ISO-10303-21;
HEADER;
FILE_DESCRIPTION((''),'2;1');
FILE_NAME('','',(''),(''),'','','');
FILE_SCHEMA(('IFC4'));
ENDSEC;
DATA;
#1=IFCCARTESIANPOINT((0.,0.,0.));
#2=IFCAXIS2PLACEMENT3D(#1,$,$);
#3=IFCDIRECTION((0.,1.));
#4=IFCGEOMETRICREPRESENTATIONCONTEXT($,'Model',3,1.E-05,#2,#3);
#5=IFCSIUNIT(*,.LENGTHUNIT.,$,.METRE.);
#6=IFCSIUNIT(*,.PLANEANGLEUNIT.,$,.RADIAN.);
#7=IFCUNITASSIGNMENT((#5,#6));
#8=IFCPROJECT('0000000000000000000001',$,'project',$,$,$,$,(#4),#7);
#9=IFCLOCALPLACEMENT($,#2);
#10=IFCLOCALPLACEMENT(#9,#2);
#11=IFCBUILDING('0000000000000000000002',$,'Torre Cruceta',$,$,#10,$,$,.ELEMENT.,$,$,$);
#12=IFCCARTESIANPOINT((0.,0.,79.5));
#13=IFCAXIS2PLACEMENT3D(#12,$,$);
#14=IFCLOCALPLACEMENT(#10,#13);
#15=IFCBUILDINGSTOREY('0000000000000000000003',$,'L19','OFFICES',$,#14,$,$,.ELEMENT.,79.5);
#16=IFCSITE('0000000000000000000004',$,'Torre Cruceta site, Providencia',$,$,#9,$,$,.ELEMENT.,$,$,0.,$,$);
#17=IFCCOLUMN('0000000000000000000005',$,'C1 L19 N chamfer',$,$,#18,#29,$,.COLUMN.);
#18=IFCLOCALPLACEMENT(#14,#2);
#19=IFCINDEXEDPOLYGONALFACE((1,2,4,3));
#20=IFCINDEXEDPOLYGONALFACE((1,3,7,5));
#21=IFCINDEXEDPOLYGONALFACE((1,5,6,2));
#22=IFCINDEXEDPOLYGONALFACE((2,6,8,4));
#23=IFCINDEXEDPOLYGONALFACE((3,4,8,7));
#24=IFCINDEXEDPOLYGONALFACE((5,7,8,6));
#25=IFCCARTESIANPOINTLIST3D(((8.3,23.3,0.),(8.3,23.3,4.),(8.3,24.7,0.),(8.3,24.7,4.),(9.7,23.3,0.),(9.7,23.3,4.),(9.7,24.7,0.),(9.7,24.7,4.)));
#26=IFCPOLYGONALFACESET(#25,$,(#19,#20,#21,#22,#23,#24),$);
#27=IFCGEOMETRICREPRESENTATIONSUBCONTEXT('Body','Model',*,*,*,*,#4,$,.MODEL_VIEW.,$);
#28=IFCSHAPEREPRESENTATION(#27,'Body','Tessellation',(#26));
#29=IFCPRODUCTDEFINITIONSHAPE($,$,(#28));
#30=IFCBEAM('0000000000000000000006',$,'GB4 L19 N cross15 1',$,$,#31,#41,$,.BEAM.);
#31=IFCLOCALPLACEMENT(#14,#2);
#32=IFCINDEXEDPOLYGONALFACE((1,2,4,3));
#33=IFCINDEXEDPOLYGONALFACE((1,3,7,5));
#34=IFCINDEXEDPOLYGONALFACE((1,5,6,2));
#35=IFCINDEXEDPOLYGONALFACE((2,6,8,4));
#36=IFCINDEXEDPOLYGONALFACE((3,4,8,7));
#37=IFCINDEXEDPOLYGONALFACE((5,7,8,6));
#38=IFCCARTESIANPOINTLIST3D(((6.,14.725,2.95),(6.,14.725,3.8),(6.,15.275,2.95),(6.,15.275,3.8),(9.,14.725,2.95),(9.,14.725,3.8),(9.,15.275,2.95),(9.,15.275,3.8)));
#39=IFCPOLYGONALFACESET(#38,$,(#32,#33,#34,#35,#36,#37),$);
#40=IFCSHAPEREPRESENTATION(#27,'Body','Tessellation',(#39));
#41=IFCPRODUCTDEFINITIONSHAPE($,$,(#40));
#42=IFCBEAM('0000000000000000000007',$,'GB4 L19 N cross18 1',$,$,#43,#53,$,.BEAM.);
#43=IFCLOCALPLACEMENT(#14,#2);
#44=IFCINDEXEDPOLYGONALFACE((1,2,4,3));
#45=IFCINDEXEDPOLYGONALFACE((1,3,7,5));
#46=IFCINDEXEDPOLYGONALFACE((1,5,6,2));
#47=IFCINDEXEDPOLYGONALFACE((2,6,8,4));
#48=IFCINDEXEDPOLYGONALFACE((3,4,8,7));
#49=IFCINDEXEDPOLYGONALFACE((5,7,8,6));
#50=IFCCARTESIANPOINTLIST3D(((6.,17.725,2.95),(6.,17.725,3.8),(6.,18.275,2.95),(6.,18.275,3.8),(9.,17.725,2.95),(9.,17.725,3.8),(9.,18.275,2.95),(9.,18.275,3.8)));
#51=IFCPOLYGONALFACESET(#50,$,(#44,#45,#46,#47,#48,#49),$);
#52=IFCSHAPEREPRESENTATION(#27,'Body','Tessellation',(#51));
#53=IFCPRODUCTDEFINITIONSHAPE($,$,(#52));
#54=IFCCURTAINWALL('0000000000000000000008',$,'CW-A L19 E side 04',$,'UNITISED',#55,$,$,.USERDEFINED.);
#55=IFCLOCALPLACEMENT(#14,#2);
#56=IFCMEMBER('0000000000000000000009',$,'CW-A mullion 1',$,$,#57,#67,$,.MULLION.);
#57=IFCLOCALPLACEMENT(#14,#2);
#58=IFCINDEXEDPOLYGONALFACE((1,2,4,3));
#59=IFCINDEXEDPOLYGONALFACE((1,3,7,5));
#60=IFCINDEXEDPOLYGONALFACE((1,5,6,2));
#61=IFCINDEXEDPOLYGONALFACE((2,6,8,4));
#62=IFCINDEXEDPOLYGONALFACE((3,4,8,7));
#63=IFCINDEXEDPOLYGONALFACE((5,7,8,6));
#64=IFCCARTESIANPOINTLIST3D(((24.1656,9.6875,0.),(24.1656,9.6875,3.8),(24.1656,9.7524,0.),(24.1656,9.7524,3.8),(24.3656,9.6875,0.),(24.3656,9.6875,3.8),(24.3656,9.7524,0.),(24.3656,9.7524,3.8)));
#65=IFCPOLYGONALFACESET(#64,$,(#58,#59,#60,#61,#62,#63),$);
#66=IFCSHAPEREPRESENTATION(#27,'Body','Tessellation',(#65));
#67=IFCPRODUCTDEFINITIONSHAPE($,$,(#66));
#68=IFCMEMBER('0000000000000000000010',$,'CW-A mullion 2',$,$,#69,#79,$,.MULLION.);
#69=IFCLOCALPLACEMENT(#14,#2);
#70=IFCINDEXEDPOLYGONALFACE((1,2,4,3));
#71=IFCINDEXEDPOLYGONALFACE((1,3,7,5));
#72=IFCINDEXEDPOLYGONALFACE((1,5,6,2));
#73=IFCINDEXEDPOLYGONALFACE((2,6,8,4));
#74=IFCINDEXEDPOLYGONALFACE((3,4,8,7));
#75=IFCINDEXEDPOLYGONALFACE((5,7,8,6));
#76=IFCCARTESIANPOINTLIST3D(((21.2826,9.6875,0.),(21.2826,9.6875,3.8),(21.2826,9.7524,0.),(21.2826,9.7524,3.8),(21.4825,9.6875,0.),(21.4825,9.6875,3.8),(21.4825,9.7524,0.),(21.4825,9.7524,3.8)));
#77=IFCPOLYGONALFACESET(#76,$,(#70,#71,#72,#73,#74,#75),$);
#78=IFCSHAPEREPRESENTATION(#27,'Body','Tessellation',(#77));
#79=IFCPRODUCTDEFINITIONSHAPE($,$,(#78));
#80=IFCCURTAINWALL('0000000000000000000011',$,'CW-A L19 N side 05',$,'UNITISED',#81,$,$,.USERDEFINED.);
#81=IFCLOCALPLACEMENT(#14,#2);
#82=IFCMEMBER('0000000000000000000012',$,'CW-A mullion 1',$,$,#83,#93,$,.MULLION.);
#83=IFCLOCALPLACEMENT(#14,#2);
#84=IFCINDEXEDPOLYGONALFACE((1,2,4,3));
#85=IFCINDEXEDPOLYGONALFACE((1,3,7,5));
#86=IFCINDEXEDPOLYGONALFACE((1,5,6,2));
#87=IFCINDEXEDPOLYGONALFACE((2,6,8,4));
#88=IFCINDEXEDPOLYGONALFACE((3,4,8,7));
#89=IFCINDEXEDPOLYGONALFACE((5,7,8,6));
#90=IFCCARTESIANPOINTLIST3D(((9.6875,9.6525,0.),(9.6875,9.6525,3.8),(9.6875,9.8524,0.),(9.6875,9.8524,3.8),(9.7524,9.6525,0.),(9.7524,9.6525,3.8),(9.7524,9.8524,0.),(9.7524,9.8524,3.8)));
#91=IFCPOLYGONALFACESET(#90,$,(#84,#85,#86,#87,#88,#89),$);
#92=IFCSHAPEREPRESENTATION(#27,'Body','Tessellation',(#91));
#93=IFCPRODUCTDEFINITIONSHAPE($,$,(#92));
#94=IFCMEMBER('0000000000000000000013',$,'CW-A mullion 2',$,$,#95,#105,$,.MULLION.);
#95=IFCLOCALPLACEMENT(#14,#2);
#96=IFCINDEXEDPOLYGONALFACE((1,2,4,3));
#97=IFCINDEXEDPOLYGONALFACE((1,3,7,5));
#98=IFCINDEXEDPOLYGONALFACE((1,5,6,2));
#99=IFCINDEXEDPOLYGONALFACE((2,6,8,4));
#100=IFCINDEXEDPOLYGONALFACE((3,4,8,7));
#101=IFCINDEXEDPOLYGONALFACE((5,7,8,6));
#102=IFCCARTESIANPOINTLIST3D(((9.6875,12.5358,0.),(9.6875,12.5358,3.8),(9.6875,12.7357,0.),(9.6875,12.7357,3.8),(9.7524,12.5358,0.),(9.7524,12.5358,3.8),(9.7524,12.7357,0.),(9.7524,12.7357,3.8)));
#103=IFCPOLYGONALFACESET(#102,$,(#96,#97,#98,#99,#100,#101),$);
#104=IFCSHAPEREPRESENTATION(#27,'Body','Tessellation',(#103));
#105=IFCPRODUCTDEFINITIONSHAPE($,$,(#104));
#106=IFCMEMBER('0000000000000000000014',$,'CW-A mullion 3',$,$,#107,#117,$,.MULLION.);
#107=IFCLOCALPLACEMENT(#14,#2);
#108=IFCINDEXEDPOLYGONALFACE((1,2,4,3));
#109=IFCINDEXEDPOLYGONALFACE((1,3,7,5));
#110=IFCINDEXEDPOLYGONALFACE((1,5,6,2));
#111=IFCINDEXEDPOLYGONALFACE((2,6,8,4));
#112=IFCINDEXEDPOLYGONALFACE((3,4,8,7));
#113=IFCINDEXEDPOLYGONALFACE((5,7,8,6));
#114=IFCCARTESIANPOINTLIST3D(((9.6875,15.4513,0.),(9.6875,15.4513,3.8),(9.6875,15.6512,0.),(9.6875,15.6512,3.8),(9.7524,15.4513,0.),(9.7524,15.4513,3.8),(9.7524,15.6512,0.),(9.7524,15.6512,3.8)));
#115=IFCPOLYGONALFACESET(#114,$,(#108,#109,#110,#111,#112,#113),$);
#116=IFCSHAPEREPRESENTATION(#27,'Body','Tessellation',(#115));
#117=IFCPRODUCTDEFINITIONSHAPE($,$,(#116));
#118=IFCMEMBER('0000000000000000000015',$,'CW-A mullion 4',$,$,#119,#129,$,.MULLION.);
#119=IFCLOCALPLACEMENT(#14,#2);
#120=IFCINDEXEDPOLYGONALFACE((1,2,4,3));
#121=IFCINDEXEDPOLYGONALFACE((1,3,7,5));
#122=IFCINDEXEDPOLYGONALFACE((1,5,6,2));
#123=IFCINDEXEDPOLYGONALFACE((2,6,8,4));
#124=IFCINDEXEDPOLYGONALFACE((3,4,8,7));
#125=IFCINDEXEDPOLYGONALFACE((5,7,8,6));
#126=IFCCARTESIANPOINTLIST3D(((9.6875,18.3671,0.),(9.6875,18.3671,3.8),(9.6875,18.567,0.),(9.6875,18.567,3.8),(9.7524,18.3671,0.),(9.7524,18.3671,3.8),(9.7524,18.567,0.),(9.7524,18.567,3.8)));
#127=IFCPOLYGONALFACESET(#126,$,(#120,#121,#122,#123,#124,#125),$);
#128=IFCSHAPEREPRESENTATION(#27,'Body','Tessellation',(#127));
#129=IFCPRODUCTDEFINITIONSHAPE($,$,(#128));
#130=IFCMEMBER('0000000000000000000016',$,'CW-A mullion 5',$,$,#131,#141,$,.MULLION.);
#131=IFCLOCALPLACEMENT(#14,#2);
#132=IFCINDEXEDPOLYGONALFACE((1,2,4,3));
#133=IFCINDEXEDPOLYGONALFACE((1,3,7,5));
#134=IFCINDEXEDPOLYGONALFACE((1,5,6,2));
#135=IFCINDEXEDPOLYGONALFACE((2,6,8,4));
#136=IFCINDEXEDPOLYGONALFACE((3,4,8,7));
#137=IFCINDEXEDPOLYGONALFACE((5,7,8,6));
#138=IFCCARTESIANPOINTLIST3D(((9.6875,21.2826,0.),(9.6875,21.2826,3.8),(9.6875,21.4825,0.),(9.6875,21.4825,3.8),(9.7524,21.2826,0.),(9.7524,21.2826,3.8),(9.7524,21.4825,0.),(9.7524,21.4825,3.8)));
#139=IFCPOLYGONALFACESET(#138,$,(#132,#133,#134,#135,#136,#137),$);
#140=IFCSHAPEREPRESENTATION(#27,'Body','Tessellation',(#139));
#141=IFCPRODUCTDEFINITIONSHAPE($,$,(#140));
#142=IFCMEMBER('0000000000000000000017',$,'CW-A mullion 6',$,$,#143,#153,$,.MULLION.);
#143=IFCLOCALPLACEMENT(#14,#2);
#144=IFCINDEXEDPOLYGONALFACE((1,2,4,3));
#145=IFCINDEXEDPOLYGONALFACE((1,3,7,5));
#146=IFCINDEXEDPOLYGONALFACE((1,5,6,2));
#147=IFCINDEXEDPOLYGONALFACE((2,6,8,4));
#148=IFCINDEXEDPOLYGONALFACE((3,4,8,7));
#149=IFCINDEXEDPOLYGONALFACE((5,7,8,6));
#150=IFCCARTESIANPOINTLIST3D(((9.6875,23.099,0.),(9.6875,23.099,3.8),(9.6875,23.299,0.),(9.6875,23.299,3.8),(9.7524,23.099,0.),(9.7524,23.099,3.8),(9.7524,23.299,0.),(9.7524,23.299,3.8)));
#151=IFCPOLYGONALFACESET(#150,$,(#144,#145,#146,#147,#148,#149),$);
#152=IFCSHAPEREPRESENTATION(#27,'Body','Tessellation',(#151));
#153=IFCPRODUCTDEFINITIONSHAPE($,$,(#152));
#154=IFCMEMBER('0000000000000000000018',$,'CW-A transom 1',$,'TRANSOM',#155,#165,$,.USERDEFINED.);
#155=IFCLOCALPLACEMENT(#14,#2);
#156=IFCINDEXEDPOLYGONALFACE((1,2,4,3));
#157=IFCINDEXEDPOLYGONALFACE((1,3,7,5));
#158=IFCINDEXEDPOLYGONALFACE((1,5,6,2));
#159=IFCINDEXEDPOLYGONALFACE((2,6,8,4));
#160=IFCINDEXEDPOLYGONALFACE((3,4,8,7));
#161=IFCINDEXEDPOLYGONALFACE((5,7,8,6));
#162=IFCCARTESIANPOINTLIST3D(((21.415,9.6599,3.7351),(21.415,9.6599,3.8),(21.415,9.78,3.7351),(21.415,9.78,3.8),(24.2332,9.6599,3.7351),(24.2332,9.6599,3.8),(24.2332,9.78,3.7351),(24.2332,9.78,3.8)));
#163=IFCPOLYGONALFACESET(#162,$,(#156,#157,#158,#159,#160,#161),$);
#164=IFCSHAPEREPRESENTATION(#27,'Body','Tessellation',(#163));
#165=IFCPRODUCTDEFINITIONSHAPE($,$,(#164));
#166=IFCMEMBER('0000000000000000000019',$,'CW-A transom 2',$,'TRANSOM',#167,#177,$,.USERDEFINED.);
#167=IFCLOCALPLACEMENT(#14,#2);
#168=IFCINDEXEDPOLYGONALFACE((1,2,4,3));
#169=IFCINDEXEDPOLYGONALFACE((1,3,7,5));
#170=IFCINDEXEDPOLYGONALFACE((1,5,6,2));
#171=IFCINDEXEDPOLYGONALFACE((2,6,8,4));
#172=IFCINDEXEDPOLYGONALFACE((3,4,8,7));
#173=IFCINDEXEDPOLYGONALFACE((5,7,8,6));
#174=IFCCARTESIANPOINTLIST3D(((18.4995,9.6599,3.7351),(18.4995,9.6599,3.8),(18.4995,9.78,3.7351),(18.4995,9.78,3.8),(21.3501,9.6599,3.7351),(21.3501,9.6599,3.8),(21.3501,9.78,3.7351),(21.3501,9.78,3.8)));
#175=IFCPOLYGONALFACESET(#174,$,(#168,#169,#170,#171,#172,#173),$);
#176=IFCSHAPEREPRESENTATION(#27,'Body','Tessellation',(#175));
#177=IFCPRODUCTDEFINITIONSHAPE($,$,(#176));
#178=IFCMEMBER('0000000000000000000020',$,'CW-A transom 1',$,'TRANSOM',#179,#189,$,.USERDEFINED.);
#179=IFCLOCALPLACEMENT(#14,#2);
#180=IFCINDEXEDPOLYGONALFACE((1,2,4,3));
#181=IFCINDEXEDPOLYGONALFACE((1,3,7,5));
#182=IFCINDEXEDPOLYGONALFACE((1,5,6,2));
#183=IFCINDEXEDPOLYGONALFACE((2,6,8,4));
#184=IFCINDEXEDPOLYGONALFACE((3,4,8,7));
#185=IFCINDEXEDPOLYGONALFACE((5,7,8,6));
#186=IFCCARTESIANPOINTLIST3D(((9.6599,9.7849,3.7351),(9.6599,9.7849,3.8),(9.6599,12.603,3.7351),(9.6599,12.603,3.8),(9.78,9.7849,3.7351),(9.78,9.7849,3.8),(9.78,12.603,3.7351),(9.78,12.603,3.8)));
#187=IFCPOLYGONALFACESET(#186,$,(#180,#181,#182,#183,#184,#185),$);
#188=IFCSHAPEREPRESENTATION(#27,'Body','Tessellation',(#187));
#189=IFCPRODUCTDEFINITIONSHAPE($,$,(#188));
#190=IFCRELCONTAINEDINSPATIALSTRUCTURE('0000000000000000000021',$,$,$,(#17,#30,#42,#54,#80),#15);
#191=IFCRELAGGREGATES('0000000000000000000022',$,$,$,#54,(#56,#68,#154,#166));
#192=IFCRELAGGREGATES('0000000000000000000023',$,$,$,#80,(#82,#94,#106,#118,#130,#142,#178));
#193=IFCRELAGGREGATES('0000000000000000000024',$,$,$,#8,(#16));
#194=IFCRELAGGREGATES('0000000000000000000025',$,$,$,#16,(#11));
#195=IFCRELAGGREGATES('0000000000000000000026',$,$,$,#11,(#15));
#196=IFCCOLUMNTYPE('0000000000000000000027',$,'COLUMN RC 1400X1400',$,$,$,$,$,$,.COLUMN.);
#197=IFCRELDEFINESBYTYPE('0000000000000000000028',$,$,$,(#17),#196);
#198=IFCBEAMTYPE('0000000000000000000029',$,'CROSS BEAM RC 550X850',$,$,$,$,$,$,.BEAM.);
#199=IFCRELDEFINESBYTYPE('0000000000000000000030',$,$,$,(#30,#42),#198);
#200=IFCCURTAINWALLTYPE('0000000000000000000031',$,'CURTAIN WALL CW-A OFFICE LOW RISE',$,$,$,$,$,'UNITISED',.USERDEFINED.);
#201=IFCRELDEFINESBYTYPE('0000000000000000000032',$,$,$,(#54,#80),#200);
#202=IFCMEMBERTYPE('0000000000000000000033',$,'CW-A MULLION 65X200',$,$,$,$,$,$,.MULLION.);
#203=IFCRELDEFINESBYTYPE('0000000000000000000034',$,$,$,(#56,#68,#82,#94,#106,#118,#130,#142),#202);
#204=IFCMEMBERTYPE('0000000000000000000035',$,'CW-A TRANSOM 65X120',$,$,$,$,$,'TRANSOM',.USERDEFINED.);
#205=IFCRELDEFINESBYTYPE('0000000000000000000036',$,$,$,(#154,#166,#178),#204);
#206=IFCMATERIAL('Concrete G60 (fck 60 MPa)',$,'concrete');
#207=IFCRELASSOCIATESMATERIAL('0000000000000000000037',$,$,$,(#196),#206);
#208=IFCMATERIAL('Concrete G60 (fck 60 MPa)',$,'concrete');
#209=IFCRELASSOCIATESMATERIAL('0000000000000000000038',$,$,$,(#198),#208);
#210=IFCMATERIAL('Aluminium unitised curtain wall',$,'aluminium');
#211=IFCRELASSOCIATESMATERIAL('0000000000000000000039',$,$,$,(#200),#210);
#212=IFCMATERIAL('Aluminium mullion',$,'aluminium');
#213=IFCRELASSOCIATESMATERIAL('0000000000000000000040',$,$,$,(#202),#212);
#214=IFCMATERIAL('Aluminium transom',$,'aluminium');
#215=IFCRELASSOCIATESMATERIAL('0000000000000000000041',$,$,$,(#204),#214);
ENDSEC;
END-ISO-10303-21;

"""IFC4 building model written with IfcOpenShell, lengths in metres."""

from ifc_helpers import new_model, si_unit, direction, frame, origin, origin_2d, place, context, subcontext, project, spatial, rectangle, extrude, material, material_profile, profile_set, type_object, element, aggregate, save


model = new_model("IFC4")

# Units and contexts
model_context = context("Model", 3, precision=1e-05, world=origin(), true_north=direction((0.0, 1.0)))
body_context = subcontext(model_context, "Body", "Model", "MODEL_VIEW")
ifc_project = project(units=[si_unit("LENGTHUNIT", "METRE"), si_unit("PLANEANGLEUNIT", "RADIAN")], contexts=[model_context])

# Site, building, storey
site_placement = place(None, origin())
site = spatial("IfcSite", under=ifc_project, at=site_placement, Name="Torre Cruceta site, Providencia", CompositionType="ELEMENT", RefElevation=0.0)
building_placement = place(site_placement, origin())
building = spatial("IfcBuilding", under=site, at=building_placement, Name="Torre Cruceta", CompositionType="ELEMENT")
storey_placement = place(building_placement, frame((0.0, 0.0, 79.5)))
storey = spatial("IfcBuildingStorey", under=building, at=storey_placement, Name="L19", Description="OFFICES", CompositionType="ELEMENT", Elevation=79.5)

# Column
ifc_material_1 = material(Name="Concrete G60 (fck 60 MPa)", Category="concrete")
ifc_material_profile_1 = material_profile(ifc_material_1, rectangle(XDim=1.3999, YDim=1.3999, at=origin_2d()), Name="RC 1400X1400")
ifc_profile_set_1 = profile_set([ifc_material_profile_1], Name="Concrete G60 (fck 60 MPa)")
column_type = type_object("IfcColumnType", Name="COLUMN RC 1400X1400", PredefinedType="COLUMN", material=ifc_profile_set_1)
column_placement = place(storey_placement, frame((9.0, 24.0, 0.0), z_axis=(0.0, 0.0, 1.0), x_axis=(1.0, 0.0, 0.0)))
element("IfcColumn", 1, at=column_placement, inside=storey, type_object=column_type, Name="C1 L19 N chamfer", PredefinedType="COLUMN", context=body_context, shape_type="SweptSolid", body=[
    extrude(rectangle(XDim=1.3999, YDim=1.3999, at=origin_2d()), origin(), (0.0, 0.0, 1.0), 4.0),
])

# Beams
ifc_material_2 = material(Name="Concrete G60 (fck 60 MPa)", Category="concrete")
ifc_material_profile_2 = material_profile(ifc_material_2, rectangle(XDim=0.55, YDim=0.8501, at=origin_2d()), Name="RC 550X850")
ifc_profile_set_2 = profile_set([ifc_material_profile_2], Name="Concrete G60 (fck 60 MPa)")
beam_type_1 = type_object("IfcBeamType", Name="CROSS BEAM RC 550X850", PredefinedType="BEAM", material=ifc_profile_set_2)
for number, where, z_axis, x_axis, name in (
    (2, (9.0, 15.0, 3.375), (-1.0, 0.0, 0.0), (0.0, -1.0, 0.0), "GB4 L19 N cross15 1"),
    (3, (9.0, 18.0, 3.375), (-1.0, 0.0, 0.0), (0.0, -1.0, 0.0), "GB4 L19 N cross18 1"),
):
    element("IfcBeam", number, at=place(storey_placement, frame(where, z_axis=z_axis, x_axis=x_axis)), inside=storey, type_object=beam_type_1, Name=name, PredefinedType="BEAM", context=body_context, shape_type="SweptSolid", body=[
        extrude(rectangle(XDim=0.55, YDim=0.8501, at=origin_2d()), origin(), (0.0, 0.0, 1.0), 3.0),
    ])

# Curtain walls, members
ifc_material_3 = material(Name="Aluminium unitised curtain wall", Category="aluminium")
curtain_wall_type = type_object("IfcCurtainWallType", Name="CURTAIN WALL CW-A OFFICE LOW RISE", ElementType="UNITISED", PredefinedType="USERDEFINED", material=ifc_material_3)
curtain_wall_1_placement = place(storey_placement, origin())
curtain_wall_1 = element("IfcCurtainWall", 4, at=curtain_wall_1_placement, inside=storey, type_object=curtain_wall_type, Name="CW-A L19 E side 04", ObjectType="UNITISED", PredefinedType="USERDEFINED")
ifc_material_4 = material(Name="Aluminium mullion", Category="aluminium")
ifc_material_profile_3 = material_profile(ifc_material_4, rectangle(XDim=0.0649, YDim=0.2, at=origin_2d()), Name="AL 65X200")
ifc_profile_set_3 = profile_set([ifc_material_profile_3], Name="Aluminium mullion")
member_type_1 = type_object("IfcMemberType", Name="CW-A MULLION 65X200", PredefinedType="MULLION", material=ifc_profile_set_3)
member_1_placement = place(storey_placement, frame((24.2656, 9.72, 0.0), z_axis=(0.0, 0.0, 1.0), x_axis=(0.0, -1.0, 0.0)))
member_1 = element("IfcMember", 5, at=member_1_placement, type_object=member_type_1, Name="CW-A mullion 1", PredefinedType="MULLION", context=body_context, shape_type="SweptSolid", body=[
    extrude(rectangle(XDim=0.0649, YDim=0.2, at=origin_2d()), origin(), (0.0, 0.0, 1.0), 3.8),
])
member_2_placement = place(storey_placement, frame((21.3826, 9.72, 0.0), z_axis=(0.0, 0.0, 1.0), x_axis=(0.0, -1.0, 0.0)))
member_2 = element("IfcMember", 6, at=member_2_placement, type_object=member_type_1, Name="CW-A mullion 2", PredefinedType="MULLION", context=body_context, shape_type="SweptSolid", body=[
    extrude(rectangle(XDim=0.0649, YDim=0.2, at=origin_2d()), origin(), (0.0, 0.0, 1.0), 3.8),
])
curtain_wall_2_placement = place(storey_placement, origin())
curtain_wall_2 = element("IfcCurtainWall", 7, at=curtain_wall_2_placement, inside=storey, type_object=curtain_wall_type, Name="CW-A L19 N side 05", ObjectType="UNITISED", PredefinedType="USERDEFINED")
member_3_placement = place(storey_placement, frame((9.72, 9.7524, 0.0), z_axis=(0.0, 0.0, 1.0), x_axis=(-1.0, 0.0, 0.0)))
member_3 = element("IfcMember", 8, at=member_3_placement, type_object=member_type_1, Name="CW-A mullion 1", PredefinedType="MULLION", context=body_context, shape_type="SweptSolid", body=[
    extrude(rectangle(XDim=0.0649, YDim=0.2, at=origin_2d()), origin(), (0.0, 0.0, 1.0), 3.8),
])
member_4_placement = place(storey_placement, frame((9.72, 12.6357, 0.0), z_axis=(0.0, 0.0, 1.0), x_axis=(-1.0, 0.0, 0.0)))
member_4 = element("IfcMember", 9, at=member_4_placement, type_object=member_type_1, Name="CW-A mullion 2", PredefinedType="MULLION", context=body_context, shape_type="SweptSolid", body=[
    extrude(rectangle(XDim=0.0649, YDim=0.2, at=origin_2d()), origin(), (0.0, 0.0, 1.0), 3.8),
])
member_5_placement = place(storey_placement, frame((9.72, 15.5513, 0.0), z_axis=(0.0, 0.0, 1.0), x_axis=(-1.0, 0.0, 0.0)))
member_5 = element("IfcMember", 10, at=member_5_placement, type_object=member_type_1, Name="CW-A mullion 3", PredefinedType="MULLION", context=body_context, shape_type="SweptSolid", body=[
    extrude(rectangle(XDim=0.0649, YDim=0.2, at=origin_2d()), origin(), (0.0, 0.0, 1.0), 3.8),
])
member_6_placement = place(storey_placement, frame((9.72, 18.467, 0.0), z_axis=(0.0, 0.0, 1.0), x_axis=(-1.0, 0.0, 0.0)))
member_6 = element("IfcMember", 11, at=member_6_placement, type_object=member_type_1, Name="CW-A mullion 4", PredefinedType="MULLION", context=body_context, shape_type="SweptSolid", body=[
    extrude(rectangle(XDim=0.0649, YDim=0.2, at=origin_2d()), origin(), (0.0, 0.0, 1.0), 3.8),
])
member_7_placement = place(storey_placement, frame((9.72, 21.3826, 0.0), z_axis=(0.0, 0.0, 1.0), x_axis=(-1.0, 0.0, 0.0)))
member_7 = element("IfcMember", 12, at=member_7_placement, type_object=member_type_1, Name="CW-A mullion 5", PredefinedType="MULLION", context=body_context, shape_type="SweptSolid", body=[
    extrude(rectangle(XDim=0.0649, YDim=0.2, at=origin_2d()), origin(), (0.0, 0.0, 1.0), 3.8),
])
member_8_placement = place(storey_placement, frame((9.72, 23.199, 0.0), z_axis=(0.0, 0.0, 1.0), x_axis=(-1.0, 0.0, 0.0)))
member_8 = element("IfcMember", 13, at=member_8_placement, type_object=member_type_1, Name="CW-A mullion 6", PredefinedType="MULLION", context=body_context, shape_type="SweptSolid", body=[
    extrude(rectangle(XDim=0.0649, YDim=0.2, at=origin_2d()), origin(), (0.0, 0.0, 1.0), 3.8),
])

# Members
ifc_material_5 = material(Name="Aluminium transom", Category="aluminium")
ifc_material_profile_4 = material_profile(ifc_material_5, rectangle(XDim=0.1201, YDim=0.0649, at=origin_2d()), Name="AL 120X65")
ifc_profile_set_4 = profile_set([ifc_material_profile_4], Name="Aluminium transom")
member_type_2 = type_object("IfcMemberType", Name="CW-A TRANSOM 65X120", ElementType="TRANSOM", PredefinedType="USERDEFINED", material=ifc_profile_set_4)
member_9_placement = place(storey_placement, frame((24.2332, 9.72, 3.7676), z_axis=(-1.0, 0.0, 0.0), x_axis=(0.0, -1.0, 0.0)))
member_9 = element("IfcMember", 14, at=member_9_placement, type_object=member_type_2, Name="CW-A transom 1", ObjectType="TRANSOM", PredefinedType="USERDEFINED", context=body_context, shape_type="SweptSolid", body=[
    extrude(rectangle(XDim=0.1201, YDim=0.0649, at=origin_2d()), origin(), (0.0, 0.0, 1.0), 2.8181),
])
member_10_placement = place(storey_placement, frame((21.3501, 9.72, 3.7676), z_axis=(-1.0, 0.0, 0.0), x_axis=(0.0, -1.0, 0.0)))
member_10 = element("IfcMember", 15, at=member_10_placement, type_object=member_type_2, Name="CW-A transom 2", ObjectType="TRANSOM", PredefinedType="USERDEFINED", context=body_context, shape_type="SweptSolid", body=[
    extrude(rectangle(XDim=0.1201, YDim=0.0649, at=origin_2d()), origin(), (0.0, 0.0, 1.0), 2.8506),
])
member_11_placement = place(storey_placement, frame((9.72, 9.7849, 3.7676), z_axis=(0.0, 1.0, 0.0), x_axis=(-1.0, 0.0, 0.0)))
member_11 = element("IfcMember", 16, at=member_11_placement, type_object=member_type_2, Name="CW-A transom 1", ObjectType="TRANSOM", PredefinedType="USERDEFINED", context=body_context, shape_type="SweptSolid", body=[
    extrude(rectangle(XDim=0.1201, YDim=0.0649, at=origin_2d()), origin(), (0.0, 0.0, 1.0), 2.8181),
])

aggregate(curtain_wall_1, [member_1, member_2, member_9, member_10])
aggregate(curtain_wall_2, [member_3, member_4, member_5, member_6, member_7, member_8, member_11])

save(model, "model.ifc")
